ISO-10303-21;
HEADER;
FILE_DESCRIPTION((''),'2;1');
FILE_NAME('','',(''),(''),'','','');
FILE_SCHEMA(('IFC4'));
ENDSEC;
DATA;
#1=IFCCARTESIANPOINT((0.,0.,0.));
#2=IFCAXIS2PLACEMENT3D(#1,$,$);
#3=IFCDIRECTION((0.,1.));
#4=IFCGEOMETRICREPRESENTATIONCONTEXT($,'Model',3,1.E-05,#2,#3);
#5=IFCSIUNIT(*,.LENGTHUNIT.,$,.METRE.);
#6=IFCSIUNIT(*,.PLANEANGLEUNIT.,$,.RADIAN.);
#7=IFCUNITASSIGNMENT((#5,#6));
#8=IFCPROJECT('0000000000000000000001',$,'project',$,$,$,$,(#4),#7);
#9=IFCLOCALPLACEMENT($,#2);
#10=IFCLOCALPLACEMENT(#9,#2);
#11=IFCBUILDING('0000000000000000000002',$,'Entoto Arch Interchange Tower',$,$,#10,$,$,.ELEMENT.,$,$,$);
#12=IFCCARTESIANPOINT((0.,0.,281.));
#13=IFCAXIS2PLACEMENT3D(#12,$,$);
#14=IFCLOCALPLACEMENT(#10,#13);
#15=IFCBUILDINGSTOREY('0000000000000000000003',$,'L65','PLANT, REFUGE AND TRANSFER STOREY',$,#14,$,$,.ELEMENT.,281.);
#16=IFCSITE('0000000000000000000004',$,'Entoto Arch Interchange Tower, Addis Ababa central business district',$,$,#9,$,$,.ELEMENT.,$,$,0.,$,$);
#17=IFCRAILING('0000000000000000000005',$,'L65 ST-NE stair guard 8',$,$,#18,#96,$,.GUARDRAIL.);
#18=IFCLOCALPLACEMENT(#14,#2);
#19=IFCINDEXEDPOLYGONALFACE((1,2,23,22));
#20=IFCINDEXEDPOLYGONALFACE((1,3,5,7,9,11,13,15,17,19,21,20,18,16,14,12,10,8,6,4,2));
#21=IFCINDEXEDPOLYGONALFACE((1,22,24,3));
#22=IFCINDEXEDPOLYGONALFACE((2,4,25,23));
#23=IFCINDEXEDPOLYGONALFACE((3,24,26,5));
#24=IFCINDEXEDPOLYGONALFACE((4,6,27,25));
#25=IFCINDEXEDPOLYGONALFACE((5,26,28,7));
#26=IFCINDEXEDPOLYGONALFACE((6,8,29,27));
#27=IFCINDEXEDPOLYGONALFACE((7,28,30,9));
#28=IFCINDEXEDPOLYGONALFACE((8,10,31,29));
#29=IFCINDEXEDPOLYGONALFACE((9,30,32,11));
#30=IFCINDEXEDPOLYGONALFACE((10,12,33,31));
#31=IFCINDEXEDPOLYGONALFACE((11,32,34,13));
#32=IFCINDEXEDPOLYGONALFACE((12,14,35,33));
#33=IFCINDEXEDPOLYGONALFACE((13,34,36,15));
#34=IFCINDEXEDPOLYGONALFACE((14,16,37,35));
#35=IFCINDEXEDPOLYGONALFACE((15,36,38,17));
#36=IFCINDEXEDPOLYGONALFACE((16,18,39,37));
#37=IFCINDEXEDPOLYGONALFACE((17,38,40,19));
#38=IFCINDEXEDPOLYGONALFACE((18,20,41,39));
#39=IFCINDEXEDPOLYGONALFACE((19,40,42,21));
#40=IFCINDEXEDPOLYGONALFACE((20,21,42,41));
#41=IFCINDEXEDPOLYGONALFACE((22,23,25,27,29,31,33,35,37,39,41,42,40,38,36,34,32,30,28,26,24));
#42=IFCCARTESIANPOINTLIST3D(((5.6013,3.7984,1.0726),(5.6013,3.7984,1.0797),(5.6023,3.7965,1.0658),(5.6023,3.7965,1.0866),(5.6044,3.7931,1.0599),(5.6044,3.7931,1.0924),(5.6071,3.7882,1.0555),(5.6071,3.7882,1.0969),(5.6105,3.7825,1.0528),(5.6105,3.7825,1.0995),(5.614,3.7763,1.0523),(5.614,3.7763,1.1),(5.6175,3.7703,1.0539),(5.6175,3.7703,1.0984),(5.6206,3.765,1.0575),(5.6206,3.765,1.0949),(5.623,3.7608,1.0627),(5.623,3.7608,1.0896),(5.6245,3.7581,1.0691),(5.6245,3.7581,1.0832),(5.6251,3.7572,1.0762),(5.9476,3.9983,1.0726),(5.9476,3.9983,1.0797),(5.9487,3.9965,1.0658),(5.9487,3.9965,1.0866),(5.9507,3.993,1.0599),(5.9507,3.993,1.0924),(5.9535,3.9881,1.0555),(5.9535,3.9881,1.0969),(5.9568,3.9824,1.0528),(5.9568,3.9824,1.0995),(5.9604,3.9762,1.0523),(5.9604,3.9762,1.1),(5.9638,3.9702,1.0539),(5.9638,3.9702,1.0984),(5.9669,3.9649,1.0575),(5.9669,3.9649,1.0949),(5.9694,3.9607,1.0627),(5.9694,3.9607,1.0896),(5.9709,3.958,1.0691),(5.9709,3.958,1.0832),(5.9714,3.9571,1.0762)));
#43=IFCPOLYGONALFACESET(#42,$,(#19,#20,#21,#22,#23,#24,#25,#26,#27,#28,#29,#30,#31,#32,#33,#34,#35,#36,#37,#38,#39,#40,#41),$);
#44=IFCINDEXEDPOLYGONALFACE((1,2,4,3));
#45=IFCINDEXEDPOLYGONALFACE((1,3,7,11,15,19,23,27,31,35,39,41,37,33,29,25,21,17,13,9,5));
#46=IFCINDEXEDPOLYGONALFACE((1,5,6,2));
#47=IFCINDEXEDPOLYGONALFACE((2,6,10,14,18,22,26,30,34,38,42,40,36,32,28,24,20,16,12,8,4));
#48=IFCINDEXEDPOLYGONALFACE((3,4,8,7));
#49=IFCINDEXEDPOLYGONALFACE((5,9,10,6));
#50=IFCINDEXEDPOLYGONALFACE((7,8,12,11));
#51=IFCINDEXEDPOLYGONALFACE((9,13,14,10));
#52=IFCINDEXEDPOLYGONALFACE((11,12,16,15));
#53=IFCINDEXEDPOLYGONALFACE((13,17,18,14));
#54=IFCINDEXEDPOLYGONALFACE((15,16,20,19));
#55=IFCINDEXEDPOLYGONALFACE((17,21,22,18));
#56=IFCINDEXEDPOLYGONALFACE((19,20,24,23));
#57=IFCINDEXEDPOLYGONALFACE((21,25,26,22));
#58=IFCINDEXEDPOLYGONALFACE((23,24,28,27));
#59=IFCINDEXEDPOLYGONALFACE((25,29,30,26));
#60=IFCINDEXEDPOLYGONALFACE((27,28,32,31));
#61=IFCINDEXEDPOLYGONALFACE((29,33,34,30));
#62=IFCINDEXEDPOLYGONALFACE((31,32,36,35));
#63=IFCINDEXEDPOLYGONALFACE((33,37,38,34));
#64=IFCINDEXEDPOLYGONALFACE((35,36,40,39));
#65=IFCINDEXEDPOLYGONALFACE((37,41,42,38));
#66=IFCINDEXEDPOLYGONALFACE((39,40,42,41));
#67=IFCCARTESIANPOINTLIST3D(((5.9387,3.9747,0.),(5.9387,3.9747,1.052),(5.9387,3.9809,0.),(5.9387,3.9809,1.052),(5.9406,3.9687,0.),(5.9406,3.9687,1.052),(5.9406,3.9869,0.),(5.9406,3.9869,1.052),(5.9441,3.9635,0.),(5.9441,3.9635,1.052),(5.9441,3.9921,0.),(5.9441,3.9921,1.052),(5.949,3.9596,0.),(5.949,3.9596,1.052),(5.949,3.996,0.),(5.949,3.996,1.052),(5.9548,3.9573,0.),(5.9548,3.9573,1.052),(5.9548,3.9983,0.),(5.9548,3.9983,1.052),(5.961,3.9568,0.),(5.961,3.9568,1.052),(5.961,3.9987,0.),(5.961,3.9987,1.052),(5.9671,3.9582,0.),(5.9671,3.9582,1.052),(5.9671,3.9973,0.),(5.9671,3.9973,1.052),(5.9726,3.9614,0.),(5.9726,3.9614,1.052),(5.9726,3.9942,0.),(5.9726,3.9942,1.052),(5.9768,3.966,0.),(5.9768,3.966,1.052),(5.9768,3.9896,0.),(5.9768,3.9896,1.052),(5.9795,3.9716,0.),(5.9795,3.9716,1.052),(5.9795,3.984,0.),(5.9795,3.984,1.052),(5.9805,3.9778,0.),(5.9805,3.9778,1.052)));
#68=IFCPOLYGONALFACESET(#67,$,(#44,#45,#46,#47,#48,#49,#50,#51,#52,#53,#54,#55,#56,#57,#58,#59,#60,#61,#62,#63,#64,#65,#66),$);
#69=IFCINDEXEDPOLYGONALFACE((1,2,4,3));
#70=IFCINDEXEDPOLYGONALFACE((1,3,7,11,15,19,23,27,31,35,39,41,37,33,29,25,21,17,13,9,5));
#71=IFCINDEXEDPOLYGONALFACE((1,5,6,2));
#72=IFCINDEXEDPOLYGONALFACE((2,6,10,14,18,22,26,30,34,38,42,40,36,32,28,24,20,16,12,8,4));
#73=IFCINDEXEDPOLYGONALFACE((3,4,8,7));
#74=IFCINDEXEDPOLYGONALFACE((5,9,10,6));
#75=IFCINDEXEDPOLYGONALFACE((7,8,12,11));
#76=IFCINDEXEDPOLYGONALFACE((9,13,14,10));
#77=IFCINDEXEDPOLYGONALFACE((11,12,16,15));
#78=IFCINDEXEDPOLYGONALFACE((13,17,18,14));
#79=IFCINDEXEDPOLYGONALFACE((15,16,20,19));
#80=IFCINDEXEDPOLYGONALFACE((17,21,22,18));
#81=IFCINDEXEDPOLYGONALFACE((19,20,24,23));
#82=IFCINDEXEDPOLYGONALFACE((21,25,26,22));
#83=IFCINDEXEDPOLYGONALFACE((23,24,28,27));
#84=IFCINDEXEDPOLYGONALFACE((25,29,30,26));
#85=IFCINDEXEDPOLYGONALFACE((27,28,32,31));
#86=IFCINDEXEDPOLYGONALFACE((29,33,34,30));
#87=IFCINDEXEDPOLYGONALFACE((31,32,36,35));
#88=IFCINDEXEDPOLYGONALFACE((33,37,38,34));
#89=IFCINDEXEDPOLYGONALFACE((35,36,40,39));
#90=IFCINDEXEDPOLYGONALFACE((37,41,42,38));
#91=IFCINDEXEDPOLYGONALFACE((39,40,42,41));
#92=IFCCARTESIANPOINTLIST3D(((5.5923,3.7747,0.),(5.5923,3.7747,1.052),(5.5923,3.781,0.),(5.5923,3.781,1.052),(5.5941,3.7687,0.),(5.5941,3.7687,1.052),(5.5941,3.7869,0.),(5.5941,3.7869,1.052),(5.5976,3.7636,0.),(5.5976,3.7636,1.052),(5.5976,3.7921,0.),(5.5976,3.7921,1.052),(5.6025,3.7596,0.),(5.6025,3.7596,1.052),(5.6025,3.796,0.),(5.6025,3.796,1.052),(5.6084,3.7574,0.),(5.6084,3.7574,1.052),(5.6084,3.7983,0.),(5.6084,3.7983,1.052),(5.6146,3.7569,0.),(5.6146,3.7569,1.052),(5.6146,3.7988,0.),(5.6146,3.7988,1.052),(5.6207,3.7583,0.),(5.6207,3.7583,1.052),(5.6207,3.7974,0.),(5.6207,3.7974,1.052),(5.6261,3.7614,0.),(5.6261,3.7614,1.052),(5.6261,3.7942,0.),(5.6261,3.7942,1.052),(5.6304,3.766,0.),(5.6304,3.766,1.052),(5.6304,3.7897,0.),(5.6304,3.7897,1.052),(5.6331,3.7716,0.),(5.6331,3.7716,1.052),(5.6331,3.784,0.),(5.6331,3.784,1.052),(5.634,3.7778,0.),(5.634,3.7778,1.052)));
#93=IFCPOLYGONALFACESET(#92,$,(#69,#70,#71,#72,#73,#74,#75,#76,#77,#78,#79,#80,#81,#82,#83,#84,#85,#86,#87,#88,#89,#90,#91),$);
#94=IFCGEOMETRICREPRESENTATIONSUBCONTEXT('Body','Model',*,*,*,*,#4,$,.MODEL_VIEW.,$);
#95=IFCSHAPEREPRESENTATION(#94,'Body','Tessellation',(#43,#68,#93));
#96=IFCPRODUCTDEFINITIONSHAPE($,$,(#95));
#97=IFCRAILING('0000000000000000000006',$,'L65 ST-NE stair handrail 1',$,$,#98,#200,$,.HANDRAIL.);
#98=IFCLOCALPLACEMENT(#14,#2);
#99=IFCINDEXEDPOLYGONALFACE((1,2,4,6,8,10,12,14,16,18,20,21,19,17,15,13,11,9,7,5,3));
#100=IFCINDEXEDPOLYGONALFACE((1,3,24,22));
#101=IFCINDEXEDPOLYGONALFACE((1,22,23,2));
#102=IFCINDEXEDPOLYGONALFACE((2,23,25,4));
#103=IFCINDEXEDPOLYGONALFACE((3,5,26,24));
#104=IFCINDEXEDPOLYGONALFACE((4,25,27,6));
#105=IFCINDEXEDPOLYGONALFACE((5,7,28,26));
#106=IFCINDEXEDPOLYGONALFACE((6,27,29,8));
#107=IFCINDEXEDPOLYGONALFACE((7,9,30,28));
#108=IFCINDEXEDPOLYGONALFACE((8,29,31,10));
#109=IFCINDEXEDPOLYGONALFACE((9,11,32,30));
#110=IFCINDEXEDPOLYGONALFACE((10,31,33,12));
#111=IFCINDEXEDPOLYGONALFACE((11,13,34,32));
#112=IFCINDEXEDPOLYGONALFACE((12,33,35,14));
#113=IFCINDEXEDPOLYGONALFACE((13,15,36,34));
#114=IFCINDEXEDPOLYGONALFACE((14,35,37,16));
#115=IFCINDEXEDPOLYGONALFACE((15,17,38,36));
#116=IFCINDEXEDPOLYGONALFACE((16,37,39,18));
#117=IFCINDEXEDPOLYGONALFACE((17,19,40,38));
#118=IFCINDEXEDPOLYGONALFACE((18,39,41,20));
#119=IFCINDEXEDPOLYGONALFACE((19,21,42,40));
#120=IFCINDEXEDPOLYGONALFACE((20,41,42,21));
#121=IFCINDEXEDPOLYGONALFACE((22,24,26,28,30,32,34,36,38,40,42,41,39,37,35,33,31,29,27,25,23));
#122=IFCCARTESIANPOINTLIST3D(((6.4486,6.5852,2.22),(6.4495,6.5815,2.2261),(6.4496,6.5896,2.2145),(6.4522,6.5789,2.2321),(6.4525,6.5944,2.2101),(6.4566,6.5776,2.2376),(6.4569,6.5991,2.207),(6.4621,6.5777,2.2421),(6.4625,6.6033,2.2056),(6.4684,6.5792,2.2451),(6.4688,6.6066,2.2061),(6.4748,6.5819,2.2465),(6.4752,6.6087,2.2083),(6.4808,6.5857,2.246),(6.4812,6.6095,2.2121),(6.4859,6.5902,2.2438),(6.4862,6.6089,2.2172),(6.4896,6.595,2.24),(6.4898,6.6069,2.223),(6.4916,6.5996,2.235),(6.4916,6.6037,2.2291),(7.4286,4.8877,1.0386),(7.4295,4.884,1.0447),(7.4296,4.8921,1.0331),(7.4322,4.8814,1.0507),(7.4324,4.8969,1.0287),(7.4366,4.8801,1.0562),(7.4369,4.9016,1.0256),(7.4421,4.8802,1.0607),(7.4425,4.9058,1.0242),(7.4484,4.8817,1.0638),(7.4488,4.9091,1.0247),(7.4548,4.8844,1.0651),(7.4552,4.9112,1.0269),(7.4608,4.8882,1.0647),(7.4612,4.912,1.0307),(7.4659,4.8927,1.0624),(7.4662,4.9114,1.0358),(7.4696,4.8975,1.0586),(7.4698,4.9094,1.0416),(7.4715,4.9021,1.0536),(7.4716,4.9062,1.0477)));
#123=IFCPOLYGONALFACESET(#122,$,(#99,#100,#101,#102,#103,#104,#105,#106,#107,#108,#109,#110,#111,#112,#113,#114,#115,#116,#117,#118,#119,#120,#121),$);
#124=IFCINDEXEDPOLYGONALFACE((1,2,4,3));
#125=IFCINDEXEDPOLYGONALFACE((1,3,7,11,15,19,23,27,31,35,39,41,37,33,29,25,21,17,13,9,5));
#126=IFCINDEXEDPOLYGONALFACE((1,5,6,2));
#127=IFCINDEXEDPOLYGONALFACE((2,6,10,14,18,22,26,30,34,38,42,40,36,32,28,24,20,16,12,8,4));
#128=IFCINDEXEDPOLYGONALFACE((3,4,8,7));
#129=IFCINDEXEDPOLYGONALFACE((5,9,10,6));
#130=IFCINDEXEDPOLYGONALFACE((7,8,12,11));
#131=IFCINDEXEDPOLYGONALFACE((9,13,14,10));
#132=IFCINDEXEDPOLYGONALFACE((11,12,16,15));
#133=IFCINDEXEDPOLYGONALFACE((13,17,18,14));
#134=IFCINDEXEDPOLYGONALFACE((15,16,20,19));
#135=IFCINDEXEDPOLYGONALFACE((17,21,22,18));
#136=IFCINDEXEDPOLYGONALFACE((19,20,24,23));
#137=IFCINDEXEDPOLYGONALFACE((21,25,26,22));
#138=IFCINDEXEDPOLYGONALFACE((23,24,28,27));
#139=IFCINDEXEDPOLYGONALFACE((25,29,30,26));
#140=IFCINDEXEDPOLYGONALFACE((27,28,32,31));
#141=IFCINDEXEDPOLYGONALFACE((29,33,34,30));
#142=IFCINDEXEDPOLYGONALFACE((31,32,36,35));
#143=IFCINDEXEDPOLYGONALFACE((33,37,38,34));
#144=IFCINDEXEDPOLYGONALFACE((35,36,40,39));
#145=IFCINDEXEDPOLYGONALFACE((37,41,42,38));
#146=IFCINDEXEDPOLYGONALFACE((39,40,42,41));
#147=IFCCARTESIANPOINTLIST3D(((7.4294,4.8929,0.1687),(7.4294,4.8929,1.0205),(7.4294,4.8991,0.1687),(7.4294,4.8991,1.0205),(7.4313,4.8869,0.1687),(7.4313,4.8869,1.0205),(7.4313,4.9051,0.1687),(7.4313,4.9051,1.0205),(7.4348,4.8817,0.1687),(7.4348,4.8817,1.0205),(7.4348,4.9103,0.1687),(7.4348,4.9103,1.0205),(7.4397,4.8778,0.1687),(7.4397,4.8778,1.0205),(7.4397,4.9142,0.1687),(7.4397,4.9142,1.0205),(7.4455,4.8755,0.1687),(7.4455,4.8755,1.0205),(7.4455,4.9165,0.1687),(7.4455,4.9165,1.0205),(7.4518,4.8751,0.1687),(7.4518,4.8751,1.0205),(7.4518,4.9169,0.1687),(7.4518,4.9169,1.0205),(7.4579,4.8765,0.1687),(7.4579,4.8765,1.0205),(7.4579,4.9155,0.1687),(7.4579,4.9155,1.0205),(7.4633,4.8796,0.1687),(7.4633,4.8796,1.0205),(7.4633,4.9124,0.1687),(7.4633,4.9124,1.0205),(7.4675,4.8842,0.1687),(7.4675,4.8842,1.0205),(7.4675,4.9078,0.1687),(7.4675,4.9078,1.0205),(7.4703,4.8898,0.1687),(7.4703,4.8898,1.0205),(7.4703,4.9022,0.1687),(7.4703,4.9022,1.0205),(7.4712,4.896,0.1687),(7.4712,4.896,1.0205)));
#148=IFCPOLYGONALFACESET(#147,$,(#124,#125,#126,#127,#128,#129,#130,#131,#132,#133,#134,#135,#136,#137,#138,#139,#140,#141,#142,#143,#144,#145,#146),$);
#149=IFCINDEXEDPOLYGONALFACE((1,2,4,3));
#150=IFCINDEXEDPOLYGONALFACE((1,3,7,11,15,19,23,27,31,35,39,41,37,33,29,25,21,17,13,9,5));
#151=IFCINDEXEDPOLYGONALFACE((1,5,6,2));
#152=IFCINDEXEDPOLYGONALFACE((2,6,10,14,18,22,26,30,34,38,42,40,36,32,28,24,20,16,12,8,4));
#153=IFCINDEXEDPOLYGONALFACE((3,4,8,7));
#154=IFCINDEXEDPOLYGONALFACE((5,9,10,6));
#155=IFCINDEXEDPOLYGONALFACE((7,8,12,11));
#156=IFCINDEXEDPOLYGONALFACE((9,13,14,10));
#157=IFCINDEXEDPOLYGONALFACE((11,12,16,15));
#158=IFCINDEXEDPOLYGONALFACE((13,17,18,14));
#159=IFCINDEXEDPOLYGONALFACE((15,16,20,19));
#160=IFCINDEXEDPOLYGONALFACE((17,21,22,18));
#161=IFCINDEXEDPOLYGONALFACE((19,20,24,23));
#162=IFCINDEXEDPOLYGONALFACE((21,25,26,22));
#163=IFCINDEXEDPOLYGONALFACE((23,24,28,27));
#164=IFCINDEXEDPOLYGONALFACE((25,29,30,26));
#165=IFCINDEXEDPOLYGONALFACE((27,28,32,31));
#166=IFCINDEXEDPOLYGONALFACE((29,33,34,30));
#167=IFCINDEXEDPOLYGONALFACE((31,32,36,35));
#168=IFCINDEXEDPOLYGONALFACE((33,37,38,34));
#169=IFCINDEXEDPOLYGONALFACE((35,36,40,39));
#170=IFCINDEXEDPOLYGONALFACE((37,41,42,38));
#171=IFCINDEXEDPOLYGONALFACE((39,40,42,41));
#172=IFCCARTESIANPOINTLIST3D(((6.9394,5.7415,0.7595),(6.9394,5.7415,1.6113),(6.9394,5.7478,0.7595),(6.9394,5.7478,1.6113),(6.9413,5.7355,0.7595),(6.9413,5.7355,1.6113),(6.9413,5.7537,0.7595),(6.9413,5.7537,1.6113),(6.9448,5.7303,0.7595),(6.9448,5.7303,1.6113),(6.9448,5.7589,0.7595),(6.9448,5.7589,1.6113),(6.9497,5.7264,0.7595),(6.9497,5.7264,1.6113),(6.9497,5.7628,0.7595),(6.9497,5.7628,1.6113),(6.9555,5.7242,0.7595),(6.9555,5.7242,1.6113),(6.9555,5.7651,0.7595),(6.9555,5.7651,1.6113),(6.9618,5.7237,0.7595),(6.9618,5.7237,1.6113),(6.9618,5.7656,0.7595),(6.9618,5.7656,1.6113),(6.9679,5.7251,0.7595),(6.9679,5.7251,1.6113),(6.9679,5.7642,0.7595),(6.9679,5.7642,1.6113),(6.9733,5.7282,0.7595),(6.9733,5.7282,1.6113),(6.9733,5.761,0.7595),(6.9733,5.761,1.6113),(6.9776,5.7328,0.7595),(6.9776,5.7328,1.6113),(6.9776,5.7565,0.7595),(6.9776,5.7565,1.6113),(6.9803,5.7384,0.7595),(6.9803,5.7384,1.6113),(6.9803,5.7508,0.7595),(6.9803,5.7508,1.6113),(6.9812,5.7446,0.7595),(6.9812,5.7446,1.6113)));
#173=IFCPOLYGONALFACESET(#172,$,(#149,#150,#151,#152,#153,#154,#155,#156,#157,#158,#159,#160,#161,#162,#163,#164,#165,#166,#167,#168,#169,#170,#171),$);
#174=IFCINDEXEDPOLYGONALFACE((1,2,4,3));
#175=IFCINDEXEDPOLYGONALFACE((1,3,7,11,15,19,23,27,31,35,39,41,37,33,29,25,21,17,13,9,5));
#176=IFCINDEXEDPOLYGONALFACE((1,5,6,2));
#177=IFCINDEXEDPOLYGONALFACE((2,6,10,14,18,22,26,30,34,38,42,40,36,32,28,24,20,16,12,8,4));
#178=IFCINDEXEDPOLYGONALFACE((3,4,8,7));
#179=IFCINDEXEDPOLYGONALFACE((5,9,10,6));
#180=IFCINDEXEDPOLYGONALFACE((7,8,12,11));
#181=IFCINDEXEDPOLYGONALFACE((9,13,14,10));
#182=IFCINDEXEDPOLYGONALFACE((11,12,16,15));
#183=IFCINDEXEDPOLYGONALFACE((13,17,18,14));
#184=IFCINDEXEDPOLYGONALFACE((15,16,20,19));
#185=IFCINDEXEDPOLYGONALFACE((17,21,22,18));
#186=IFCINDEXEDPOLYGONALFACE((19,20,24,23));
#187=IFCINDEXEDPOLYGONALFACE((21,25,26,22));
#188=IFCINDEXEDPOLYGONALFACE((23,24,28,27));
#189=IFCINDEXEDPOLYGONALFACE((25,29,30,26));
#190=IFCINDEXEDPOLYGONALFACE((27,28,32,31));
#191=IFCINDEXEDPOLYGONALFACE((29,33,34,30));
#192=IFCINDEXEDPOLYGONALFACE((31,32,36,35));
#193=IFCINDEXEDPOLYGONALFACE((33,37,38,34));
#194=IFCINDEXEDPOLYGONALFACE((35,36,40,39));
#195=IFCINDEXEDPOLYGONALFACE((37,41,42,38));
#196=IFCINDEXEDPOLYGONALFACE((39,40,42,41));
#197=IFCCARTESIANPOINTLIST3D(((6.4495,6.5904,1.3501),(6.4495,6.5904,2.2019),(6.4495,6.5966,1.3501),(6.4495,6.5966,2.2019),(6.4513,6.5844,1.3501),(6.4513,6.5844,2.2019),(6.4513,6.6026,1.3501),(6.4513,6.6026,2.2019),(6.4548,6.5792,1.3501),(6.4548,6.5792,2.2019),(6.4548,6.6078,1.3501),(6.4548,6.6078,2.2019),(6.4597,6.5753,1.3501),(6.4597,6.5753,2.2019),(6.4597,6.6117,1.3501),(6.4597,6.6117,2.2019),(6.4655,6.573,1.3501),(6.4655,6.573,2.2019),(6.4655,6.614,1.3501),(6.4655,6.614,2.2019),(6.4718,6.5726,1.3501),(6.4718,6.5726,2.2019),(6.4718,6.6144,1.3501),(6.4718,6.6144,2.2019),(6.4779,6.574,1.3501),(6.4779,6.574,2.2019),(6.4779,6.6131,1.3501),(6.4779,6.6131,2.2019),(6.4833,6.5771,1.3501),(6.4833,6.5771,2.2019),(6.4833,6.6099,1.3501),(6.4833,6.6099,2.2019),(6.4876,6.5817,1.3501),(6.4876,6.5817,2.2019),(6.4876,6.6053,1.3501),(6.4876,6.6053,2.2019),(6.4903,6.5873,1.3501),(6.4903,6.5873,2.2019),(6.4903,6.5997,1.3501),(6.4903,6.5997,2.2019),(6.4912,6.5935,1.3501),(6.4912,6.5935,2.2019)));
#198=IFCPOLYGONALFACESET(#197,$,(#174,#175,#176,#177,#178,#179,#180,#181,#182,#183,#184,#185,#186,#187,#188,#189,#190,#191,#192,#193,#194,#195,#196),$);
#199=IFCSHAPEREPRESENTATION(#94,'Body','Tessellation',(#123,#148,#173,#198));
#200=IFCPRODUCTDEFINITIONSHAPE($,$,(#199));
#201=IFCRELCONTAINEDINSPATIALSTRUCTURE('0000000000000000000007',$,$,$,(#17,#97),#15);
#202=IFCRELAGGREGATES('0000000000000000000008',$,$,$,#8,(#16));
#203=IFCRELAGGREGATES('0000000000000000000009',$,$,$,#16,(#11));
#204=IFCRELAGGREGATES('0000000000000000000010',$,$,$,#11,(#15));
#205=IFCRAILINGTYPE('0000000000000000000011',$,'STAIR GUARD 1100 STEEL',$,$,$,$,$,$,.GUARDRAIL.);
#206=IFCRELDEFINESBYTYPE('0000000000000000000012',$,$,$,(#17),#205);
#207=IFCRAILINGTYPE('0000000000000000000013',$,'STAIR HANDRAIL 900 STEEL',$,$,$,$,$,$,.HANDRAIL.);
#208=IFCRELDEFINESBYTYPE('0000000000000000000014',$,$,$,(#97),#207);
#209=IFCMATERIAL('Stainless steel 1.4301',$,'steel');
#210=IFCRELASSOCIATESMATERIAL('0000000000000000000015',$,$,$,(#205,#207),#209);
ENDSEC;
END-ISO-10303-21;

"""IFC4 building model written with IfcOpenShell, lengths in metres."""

from ifc_helpers import new_model, si_unit, direction, frame, origin, origin_2d, place, context, subcontext, project, spatial, circle, extrude, material, type_object, element, save


model = new_model("IFC4")

# Units and contexts
model_context = context("Model", 3, precision=1e-05, world=origin(), true_north=direction((0.0, 1.0)))
body_context = subcontext(model_context, "Body", "Model", "MODEL_VIEW")
ifc_project = project(units=[si_unit("LENGTHUNIT", "METRE"), si_unit("PLANEANGLEUNIT", "RADIAN")], contexts=[model_context])

# Site, building, storey
site_placement = place(None, origin())
site = spatial("IfcSite", under=ifc_project, at=site_placement, Name="Entoto Arch Interchange Tower, Addis Ababa central business district", CompositionType="ELEMENT", RefElevation=0.0)
building_placement = place(site_placement, origin())
building = spatial("IfcBuilding", under=site, at=building_placement, Name="Entoto Arch Interchange Tower", CompositionType="ELEMENT")
storey_placement = place(building_placement, frame((0.0, 0.0, 281.0)))
storey = spatial("IfcBuildingStorey", under=building, at=storey_placement, Name="L65", Description="PLANT, REFUGE AND TRANSFER STOREY", CompositionType="ELEMENT", Elevation=281.0)

# Railings
ifc_material_1 = material(Name="Stainless steel 1.4301", Category="steel")
railing_type_1 = type_object("IfcRailingType", Name="STAIR GUARD 1100 STEEL", PredefinedType="GUARDRAIL", material=ifc_material_1)
railing_1_placement = place(storey_placement, frame((5.9595, 3.9778, 0.0)))
element("IfcRailing", 1, at=railing_1_placement, inside=storey, type_object=railing_type_1, Name="L65 ST-NE stair guard 8", PredefinedType="GUARDRAIL", context=body_context, shape_type="SweptSolid", body=[
    extrude(circle(Radius=0.0239, at=origin_2d()), frame((0.0, 0.0, 1.0762), z_axis=(-0.866094, -0.499881, 0.0), x_axis=(0.499881, -0.866094, 0.0)), (0.0, 0.0, 1.0), 0.3999),
    extrude(circle(Radius=0.021, at=origin_2d()), origin(), (0.0, 0.0, 1.0), 1.052),
    extrude(circle(Radius=0.021, at=origin_2d()), frame((-0.3464, -0.2, 0.0)), (0.0, 0.0, 1.0), 1.052),
])
railing_type_2 = type_object("IfcRailingType", Name="STAIR HANDRAIL 900 STEEL", PredefinedType="HANDRAIL", material=ifc_material_1)
for number, where, name in (
    (2, (7.4502, 4.896, 0.1687), "L65 ST-NE stair handrail 1"),
):
    element("IfcRailing", number, at=place(storey_placement, frame(where)), inside=storey, type_object=railing_type_2, Name=name, PredefinedType="HANDRAIL", context=body_context, shape_type="SweptSolid", body=[
        extrude(circle(Radius=0.0239, at=origin_2d()), frame((0.0, 0.0, 0.876), z_axis=(-0.428205, 0.741731, 0.516214), x_axis=(-0.866042, -0.49997, 0.0)), (0.0, 0.0, 1.0), 2.2886),
        extrude(circle(Radius=0.021, at=origin_2d()), origin(), (0.0, 0.0, 1.0), 0.8518),
        extrude(circle(Radius=0.021, at=origin_2d()), frame((-0.49, 0.8486, 0.5908)), (0.0, 0.0, 1.0), 0.8518),
        extrude(circle(Radius=0.021, at=origin_2d()), frame((-0.98, 1.6975, 1.1814)), (0.0, 0.0, 1.0), 0.8518),
    ])

save(model, "model.ifc")
